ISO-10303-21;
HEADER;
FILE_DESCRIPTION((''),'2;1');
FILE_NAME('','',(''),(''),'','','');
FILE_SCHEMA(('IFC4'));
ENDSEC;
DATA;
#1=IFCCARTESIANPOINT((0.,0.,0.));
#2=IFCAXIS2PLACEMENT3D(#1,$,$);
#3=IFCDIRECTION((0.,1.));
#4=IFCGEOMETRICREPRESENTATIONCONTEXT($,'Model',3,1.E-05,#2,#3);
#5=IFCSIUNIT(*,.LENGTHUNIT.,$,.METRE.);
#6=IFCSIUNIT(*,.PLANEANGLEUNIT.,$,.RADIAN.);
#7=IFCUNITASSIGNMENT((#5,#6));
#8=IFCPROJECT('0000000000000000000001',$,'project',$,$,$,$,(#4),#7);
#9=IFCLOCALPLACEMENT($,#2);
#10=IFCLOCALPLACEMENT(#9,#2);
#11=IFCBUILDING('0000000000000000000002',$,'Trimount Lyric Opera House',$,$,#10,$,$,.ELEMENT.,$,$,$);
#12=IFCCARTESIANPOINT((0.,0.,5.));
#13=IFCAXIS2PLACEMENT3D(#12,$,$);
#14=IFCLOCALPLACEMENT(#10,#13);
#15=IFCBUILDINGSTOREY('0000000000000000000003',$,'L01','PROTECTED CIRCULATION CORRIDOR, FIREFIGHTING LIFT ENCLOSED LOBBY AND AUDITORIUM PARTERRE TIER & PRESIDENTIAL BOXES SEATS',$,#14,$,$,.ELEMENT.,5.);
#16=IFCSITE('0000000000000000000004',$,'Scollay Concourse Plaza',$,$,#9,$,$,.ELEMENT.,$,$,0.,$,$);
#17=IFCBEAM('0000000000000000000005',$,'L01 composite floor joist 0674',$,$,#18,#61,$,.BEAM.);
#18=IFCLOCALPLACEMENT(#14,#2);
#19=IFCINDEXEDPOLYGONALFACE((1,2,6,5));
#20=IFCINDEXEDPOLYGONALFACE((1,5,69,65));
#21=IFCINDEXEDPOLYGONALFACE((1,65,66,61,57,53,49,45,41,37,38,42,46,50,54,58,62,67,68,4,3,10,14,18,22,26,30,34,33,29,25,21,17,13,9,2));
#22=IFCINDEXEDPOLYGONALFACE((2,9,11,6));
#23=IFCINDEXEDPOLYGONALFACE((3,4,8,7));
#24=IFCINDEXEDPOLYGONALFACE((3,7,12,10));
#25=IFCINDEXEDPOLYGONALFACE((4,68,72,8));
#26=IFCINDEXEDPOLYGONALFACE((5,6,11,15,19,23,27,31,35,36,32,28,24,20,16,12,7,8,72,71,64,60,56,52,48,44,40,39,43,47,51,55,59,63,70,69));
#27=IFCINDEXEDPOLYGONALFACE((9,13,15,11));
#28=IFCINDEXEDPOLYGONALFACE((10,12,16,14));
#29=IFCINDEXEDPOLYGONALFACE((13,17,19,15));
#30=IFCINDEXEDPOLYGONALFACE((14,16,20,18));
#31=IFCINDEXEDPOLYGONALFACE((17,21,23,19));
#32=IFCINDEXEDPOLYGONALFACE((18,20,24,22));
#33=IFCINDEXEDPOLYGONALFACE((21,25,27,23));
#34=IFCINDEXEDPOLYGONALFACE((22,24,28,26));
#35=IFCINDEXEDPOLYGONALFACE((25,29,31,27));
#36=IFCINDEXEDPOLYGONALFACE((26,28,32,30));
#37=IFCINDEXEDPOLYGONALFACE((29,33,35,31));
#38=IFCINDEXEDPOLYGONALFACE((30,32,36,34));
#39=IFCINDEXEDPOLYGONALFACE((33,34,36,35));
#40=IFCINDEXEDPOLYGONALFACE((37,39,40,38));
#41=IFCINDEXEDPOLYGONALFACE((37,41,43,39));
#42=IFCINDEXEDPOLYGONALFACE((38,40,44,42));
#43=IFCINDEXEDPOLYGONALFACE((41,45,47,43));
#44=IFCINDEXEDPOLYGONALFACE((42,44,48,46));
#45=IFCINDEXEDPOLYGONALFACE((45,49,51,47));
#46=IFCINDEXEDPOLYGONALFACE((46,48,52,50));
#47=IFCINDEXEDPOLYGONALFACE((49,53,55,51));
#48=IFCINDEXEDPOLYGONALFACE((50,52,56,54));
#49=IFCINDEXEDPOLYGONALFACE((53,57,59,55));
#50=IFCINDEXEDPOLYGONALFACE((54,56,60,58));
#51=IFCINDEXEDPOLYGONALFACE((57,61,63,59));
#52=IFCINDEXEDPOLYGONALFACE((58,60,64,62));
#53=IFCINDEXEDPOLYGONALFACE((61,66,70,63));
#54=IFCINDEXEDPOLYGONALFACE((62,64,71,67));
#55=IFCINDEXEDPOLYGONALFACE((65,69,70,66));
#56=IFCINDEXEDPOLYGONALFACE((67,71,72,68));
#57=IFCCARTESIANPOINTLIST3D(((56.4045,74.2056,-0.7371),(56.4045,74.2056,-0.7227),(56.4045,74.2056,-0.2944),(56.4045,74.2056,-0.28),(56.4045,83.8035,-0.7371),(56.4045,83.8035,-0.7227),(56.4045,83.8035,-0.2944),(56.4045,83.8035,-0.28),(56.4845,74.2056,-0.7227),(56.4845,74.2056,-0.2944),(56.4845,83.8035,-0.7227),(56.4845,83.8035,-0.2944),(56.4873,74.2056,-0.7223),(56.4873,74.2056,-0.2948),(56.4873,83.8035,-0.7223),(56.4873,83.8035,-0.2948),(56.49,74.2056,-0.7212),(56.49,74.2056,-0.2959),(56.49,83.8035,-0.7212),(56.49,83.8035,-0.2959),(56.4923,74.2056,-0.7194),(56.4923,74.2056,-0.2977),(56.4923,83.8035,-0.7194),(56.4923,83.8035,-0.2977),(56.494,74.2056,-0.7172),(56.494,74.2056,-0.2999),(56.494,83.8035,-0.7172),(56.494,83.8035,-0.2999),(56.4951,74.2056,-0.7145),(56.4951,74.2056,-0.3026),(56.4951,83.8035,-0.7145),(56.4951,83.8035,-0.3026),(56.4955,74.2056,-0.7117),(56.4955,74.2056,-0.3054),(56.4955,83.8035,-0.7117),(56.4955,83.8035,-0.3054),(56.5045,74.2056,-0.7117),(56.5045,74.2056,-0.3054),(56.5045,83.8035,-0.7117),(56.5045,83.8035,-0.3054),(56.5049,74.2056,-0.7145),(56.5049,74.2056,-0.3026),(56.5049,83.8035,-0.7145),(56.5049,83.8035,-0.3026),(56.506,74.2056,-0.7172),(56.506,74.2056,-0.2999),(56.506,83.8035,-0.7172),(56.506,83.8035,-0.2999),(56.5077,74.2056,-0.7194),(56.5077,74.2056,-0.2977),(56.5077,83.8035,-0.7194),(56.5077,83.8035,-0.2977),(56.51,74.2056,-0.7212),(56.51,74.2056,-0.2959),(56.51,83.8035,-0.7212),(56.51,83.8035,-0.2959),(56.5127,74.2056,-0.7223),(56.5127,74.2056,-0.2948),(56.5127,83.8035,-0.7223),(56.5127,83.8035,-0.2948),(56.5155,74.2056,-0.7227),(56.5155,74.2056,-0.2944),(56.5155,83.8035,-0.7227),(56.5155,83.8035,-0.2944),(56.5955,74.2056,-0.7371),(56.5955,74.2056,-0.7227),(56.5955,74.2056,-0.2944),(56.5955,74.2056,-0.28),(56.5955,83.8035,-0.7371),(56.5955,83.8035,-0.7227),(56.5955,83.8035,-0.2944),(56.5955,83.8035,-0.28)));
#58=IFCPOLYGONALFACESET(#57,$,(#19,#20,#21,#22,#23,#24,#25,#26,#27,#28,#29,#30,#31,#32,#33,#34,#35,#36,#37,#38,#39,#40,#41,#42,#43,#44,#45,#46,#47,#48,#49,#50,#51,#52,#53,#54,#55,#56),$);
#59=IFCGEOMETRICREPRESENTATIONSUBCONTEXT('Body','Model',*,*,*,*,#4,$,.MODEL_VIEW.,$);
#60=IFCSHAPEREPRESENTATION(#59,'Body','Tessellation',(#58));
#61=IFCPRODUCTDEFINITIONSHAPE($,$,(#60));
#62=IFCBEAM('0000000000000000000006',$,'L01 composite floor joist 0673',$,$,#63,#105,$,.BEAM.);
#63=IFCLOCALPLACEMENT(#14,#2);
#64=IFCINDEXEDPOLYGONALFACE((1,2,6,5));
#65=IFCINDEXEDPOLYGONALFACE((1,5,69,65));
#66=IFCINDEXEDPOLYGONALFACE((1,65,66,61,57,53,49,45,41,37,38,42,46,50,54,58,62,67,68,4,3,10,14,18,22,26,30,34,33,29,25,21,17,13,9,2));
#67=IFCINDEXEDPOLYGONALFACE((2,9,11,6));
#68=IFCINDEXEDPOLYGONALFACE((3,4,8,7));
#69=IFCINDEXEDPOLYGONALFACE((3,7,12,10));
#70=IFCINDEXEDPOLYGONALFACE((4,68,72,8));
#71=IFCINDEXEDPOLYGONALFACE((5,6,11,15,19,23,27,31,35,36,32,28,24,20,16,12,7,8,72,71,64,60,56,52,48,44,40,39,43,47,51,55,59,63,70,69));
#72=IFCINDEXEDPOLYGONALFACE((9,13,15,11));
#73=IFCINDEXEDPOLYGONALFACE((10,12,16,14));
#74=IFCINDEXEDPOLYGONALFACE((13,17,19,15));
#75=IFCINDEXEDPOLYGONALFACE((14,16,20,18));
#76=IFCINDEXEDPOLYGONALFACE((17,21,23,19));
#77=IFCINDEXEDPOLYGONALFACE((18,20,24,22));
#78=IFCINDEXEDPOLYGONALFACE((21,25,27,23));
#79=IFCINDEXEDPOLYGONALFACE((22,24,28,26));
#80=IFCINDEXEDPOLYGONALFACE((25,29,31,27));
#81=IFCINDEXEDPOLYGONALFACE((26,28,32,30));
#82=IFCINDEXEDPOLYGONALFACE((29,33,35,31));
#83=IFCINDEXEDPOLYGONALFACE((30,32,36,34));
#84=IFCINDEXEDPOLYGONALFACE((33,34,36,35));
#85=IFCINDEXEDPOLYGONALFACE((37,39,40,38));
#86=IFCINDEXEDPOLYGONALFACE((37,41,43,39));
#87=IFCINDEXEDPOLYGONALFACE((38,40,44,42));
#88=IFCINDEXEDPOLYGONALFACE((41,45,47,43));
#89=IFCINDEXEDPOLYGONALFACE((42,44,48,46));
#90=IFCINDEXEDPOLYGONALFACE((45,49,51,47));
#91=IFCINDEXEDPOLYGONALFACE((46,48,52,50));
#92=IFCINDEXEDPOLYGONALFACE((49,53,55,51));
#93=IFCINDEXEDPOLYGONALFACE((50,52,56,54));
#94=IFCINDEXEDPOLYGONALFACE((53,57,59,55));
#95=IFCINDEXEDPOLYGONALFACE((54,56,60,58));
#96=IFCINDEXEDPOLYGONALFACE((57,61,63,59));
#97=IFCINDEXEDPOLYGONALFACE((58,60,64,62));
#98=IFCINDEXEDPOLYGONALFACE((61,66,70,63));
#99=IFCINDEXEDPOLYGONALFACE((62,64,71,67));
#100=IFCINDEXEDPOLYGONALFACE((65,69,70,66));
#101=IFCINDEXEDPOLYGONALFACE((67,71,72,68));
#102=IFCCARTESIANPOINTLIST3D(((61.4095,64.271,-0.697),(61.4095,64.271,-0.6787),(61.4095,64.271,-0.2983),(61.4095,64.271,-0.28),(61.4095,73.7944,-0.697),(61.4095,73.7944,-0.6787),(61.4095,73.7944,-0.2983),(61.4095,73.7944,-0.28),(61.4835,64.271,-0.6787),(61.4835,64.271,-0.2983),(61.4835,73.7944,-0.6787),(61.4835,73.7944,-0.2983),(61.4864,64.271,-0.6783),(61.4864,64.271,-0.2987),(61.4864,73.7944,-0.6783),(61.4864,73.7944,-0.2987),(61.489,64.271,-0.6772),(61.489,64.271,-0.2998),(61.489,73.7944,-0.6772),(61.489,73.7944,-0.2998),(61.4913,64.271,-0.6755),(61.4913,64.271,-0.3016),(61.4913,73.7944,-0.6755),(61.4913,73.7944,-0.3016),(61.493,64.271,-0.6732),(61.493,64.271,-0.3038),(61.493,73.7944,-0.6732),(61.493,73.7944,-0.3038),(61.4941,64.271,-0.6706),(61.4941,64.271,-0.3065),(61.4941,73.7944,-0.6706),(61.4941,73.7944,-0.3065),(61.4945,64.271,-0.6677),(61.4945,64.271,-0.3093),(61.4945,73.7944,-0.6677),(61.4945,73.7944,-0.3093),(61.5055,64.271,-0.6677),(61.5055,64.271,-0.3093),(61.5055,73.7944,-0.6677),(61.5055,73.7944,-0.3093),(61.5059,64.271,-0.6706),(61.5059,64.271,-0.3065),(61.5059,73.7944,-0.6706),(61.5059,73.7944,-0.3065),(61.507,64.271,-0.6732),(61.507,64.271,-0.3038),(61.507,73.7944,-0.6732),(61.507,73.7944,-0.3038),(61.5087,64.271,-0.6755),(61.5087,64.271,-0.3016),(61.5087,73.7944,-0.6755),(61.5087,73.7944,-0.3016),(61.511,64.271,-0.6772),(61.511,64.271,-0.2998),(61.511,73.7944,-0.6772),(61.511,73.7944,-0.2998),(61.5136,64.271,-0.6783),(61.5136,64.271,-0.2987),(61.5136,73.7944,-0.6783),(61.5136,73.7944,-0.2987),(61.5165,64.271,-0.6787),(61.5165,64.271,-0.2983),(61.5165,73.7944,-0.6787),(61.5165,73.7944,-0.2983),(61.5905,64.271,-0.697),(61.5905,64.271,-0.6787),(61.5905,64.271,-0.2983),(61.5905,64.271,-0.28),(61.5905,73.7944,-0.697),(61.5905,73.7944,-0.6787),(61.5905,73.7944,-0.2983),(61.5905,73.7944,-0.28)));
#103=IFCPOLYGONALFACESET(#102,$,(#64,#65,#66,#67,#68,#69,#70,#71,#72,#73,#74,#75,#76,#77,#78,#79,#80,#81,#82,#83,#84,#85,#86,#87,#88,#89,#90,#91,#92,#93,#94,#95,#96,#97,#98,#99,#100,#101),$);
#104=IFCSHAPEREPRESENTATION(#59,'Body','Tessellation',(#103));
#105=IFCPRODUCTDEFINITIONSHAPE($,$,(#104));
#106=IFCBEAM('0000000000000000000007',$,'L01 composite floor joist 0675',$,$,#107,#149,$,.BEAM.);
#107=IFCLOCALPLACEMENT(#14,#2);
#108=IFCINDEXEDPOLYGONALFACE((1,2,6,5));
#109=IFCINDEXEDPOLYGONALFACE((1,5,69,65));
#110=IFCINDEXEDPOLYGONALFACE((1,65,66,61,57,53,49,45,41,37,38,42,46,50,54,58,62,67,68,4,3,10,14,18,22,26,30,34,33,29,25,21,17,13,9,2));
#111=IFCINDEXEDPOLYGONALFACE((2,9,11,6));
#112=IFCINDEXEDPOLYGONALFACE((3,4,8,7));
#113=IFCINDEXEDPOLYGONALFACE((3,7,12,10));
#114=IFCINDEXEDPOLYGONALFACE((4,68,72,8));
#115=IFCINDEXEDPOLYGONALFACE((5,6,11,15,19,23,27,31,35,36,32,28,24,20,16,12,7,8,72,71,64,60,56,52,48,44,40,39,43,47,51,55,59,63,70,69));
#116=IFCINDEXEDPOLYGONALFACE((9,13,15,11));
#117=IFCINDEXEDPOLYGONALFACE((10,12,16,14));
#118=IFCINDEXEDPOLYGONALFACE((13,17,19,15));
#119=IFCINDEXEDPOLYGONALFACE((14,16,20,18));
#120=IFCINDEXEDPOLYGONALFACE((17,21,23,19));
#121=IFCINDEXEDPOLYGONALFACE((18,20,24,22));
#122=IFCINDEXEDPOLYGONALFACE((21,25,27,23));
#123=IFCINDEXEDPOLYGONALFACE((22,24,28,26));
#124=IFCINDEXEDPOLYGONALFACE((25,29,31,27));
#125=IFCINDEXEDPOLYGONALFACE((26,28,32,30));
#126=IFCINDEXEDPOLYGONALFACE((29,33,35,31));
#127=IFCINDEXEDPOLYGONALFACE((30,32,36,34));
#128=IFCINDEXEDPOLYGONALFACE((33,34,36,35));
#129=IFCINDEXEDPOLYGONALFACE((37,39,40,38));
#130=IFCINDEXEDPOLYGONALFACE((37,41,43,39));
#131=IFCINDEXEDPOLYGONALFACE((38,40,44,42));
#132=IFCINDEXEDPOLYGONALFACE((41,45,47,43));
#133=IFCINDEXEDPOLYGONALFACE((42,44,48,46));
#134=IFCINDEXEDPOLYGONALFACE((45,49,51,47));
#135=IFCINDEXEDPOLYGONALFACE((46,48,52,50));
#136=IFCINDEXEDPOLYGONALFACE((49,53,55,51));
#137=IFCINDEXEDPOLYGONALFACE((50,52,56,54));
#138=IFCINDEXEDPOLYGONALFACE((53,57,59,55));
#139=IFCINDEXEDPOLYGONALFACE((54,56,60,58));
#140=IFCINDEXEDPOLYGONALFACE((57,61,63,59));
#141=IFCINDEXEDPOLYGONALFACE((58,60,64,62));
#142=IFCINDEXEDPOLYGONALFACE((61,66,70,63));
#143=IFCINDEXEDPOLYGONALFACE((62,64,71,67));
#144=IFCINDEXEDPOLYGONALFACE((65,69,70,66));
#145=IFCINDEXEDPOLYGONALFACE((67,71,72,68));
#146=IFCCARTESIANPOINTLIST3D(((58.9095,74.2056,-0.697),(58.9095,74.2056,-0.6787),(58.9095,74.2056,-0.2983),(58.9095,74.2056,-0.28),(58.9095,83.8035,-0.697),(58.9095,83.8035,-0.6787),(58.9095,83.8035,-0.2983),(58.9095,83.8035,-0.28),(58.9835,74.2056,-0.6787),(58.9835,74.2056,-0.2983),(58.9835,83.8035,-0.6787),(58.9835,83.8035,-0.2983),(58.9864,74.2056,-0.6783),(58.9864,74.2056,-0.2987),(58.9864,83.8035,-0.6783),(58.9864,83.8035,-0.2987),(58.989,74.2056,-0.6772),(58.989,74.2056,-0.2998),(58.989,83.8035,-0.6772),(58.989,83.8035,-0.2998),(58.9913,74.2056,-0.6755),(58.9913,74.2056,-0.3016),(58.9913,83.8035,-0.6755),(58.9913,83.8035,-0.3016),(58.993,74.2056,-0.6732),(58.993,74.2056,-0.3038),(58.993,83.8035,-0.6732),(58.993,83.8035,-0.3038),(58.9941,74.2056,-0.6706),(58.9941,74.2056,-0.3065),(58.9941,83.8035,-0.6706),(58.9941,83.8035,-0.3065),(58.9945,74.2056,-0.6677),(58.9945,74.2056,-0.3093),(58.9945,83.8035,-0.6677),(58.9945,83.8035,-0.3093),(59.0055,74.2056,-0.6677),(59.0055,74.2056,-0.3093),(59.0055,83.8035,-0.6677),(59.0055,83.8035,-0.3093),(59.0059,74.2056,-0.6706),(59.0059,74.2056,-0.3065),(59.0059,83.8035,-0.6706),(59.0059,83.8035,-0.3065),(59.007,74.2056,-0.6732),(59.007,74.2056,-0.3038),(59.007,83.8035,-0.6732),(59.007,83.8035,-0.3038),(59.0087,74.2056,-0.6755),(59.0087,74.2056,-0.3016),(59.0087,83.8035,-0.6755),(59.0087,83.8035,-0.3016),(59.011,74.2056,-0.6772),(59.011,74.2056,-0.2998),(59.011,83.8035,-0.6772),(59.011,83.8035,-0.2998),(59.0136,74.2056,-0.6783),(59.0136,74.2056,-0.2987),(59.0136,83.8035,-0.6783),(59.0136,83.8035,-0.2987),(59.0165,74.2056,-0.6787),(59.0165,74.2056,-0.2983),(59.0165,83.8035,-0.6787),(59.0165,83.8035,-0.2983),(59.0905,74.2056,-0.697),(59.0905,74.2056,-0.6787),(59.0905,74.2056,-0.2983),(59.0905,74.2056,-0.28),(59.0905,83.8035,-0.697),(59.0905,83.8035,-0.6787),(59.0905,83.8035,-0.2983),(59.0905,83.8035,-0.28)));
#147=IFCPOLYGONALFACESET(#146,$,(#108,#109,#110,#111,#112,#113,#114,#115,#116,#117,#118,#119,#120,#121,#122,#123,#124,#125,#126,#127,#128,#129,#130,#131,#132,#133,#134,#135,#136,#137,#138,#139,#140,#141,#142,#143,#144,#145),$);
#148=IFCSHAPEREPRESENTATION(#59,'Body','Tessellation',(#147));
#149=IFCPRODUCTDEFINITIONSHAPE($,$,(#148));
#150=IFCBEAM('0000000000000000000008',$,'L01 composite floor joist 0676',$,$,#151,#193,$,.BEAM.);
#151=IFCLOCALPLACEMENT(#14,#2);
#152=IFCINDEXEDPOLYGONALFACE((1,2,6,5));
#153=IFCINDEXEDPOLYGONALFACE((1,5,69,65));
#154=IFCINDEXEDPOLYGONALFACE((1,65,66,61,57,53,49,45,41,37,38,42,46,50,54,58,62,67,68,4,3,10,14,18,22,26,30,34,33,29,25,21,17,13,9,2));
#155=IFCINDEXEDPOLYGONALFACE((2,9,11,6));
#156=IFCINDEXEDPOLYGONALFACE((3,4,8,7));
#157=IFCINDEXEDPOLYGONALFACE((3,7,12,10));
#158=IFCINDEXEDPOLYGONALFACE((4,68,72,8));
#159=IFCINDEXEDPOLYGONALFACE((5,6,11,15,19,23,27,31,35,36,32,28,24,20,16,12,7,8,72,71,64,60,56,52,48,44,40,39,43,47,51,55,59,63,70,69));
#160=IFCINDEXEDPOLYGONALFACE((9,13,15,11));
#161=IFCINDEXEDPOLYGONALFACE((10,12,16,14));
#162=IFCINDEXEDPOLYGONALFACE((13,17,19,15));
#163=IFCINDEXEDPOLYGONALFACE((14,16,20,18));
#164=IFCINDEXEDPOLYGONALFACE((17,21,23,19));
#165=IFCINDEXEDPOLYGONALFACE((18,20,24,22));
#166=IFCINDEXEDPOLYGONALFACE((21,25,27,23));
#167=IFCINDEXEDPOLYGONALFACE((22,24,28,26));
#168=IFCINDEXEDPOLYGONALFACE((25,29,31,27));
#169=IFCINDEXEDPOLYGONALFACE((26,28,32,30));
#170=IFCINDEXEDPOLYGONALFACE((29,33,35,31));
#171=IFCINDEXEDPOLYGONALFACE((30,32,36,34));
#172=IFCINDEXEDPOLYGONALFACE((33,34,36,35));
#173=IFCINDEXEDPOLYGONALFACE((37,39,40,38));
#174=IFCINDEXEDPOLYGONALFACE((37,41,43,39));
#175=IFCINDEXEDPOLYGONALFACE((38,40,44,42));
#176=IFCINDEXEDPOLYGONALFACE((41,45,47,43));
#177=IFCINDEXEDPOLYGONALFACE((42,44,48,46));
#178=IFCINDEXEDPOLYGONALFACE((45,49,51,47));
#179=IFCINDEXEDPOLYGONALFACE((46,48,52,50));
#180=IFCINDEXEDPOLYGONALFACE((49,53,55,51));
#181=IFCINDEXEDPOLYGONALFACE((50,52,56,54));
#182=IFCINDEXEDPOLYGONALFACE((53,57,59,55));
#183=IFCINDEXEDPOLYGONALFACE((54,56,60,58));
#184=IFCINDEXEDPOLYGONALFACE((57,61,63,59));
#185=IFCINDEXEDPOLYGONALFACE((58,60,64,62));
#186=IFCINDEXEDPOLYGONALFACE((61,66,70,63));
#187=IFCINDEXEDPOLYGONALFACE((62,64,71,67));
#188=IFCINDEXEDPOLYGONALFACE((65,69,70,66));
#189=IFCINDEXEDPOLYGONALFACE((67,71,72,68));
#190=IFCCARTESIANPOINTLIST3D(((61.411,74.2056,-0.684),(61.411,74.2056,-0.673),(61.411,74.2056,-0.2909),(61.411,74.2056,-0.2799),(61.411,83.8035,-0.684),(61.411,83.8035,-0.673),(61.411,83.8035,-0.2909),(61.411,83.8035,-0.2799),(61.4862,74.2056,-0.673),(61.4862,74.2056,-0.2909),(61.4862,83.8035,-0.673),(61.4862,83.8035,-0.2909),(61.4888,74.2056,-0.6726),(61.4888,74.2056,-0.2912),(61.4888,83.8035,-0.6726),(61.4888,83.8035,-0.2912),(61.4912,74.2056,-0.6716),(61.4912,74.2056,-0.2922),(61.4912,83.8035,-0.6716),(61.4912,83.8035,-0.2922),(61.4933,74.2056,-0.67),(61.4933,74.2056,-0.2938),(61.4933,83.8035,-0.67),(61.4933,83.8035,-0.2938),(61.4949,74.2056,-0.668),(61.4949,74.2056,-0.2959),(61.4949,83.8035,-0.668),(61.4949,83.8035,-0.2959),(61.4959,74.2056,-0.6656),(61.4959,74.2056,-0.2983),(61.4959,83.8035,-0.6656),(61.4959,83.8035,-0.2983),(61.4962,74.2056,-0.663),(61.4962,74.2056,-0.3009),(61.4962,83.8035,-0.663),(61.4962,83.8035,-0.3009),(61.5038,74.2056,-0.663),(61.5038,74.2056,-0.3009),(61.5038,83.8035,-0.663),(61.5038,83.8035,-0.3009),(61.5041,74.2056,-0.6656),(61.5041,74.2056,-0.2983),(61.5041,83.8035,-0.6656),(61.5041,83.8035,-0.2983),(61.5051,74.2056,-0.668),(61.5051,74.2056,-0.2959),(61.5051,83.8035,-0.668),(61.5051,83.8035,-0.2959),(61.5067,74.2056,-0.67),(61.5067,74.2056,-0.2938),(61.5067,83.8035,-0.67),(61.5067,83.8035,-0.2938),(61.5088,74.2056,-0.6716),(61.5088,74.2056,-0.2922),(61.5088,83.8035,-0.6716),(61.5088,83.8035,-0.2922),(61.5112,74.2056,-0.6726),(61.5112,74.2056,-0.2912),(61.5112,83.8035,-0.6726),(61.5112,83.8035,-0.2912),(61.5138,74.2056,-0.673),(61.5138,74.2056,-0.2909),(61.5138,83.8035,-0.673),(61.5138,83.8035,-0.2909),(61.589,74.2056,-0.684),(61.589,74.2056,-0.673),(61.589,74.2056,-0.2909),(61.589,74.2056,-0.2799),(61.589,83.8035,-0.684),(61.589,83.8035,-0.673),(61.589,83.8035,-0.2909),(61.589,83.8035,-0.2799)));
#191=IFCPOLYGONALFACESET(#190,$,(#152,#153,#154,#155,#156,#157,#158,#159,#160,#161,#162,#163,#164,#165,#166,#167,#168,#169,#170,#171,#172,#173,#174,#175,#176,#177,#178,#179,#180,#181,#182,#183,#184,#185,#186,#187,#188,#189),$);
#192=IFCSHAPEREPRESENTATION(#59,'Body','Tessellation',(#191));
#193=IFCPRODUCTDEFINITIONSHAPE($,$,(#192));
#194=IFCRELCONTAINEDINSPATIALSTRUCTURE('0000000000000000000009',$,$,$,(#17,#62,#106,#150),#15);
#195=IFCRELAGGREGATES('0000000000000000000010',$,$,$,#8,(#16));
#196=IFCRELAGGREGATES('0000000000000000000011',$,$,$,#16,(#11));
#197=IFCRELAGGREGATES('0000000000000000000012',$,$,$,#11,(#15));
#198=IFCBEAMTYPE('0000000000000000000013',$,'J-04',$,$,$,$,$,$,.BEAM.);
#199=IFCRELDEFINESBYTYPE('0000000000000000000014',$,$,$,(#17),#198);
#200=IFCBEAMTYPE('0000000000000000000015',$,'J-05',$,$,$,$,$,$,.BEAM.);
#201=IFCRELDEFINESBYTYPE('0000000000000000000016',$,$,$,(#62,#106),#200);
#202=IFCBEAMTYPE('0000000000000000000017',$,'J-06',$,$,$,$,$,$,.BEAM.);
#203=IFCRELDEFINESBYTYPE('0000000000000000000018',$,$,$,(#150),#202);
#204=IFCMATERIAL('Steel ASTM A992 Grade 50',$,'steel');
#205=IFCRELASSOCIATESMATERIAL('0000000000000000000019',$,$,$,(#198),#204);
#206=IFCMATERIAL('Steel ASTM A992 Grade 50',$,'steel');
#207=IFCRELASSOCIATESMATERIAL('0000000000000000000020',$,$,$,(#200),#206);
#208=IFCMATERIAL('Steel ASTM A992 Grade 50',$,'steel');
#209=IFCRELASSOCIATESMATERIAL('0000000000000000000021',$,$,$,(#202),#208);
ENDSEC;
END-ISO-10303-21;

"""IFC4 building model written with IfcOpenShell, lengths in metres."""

from ifc_helpers import new_model, si_unit, direction, frame, origin, origin_2d, place, context, subcontext, project, spatial, i_section, extrude, material, material_profile, profile_set, type_object, element, save


model = new_model("IFC4")

# Units and contexts
model_context = context("Model", 3, precision=1e-05, world=origin(), true_north=direction((0.0, 1.0)))
body_context = subcontext(model_context, "Body", "Model", "MODEL_VIEW")
ifc_project = project(units=[si_unit("LENGTHUNIT", "METRE"), si_unit("PLANEANGLEUNIT", "RADIAN")], contexts=[model_context])

# Site, building, storey
site_placement = place(None, origin())
site = spatial("IfcSite", under=ifc_project, at=site_placement, Name="Scollay Concourse Plaza", CompositionType="ELEMENT", RefElevation=0.0)
building_placement = place(site_placement, origin())
building = spatial("IfcBuilding", under=site, at=building_placement, Name="Trimount Lyric Opera House", CompositionType="ELEMENT")
storey_placement = place(building_placement, frame((0.0, 0.0, 5.0)))
storey = spatial("IfcBuildingStorey", under=building, at=storey_placement, Name="L01", Description="PROTECTED CIRCULATION CORRIDOR, FIREFIGHTING LIFT ENCLOSED LOBBY AND AUDITORIUM PARTERRE TIER & PRESIDENTIAL BOXES SEATS", CompositionType="ELEMENT", Elevation=5.0)

# Beams
ifc_material_1 = material(Name="Steel ASTM A992 Grade 50", Category="steel")
ifc_material_profile_1 = material_profile(ifc_material_1, i_section(OverallWidth=0.1909, OverallDepth=0.457, WebThickness=0.009, FlangeThickness=0.0144, FilletRadius=0.011, at=origin_2d()), Name="W18X50")
ifc_profile_set_1 = profile_set([ifc_material_profile_1], Name="Steel ASTM A992 Grade 50")
beam_type_1 = type_object("IfcBeamType", Name="J-04", PredefinedType="BEAM", material=ifc_profile_set_1)
beam_1_placement = place(storey_placement, frame((56.5, 74.2056, -0.5085), z_axis=(0.0, 1.0, 0.0), x_axis=(-1.0, 0.0, 0.0)))
element("IfcBeam", 1, at=beam_1_placement, inside=storey, type_object=beam_type_1, Name="L01 composite floor joist 0674", PredefinedType="BEAM", context=body_context, shape_type="SweptSolid", body=[
    extrude(i_section(OverallWidth=0.1909, OverallDepth=0.457, WebThickness=0.009, FlangeThickness=0.0144, FilletRadius=0.011, at=origin_2d()), origin(), (0.0, 0.0, 1.0), 9.5979),
])
ifc_material_2 = material(Name="Steel ASTM A992 Grade 50", Category="steel")
ifc_material_profile_2 = material_profile(ifc_material_2, i_section(OverallWidth=0.1809, OverallDepth=0.417, WebThickness=0.011, FlangeThickness=0.0183, FilletRadius=0.011, at=origin_2d()), Name="W16X57")
ifc_profile_set_2 = profile_set([ifc_material_profile_2], Name="Steel ASTM A992 Grade 50")
beam_type_2 = type_object("IfcBeamType", Name="J-05", PredefinedType="BEAM", material=ifc_profile_set_2)
beam_2_placement = place(storey_placement, frame((61.5, 64.271, -0.4885), z_axis=(0.0, 1.0, 0.0), x_axis=(-1.0, 0.0, 0.0)))
element("IfcBeam", 2, at=beam_2_placement, inside=storey, type_object=beam_type_2, Name="L01 composite floor joist 0673", PredefinedType="BEAM", context=body_context, shape_type="SweptSolid", body=[
    extrude(i_section(OverallWidth=0.1809, OverallDepth=0.417, WebThickness=0.011, FlangeThickness=0.0183, FilletRadius=0.011, at=origin_2d()), origin(), (0.0, 0.0, 1.0), 9.5234),
])
beam_3_placement = place(storey_placement, frame((59.0, 74.2056, -0.4885), z_axis=(0.0, 1.0, 0.0), x_axis=(-1.0, 0.0, 0.0)))
element("IfcBeam", 3, at=beam_3_placement, inside=storey, type_object=beam_type_2, Name="L01 composite floor joist 0675", PredefinedType="BEAM", context=body_context, shape_type="SweptSolid", body=[
    extrude(i_section(OverallWidth=0.1809, OverallDepth=0.417, WebThickness=0.011, FlangeThickness=0.0183, FilletRadius=0.011, at=origin_2d()), origin(), (0.0, 0.0, 1.0), 9.5979),
])
ifc_material_3 = material(Name="Steel ASTM A992 Grade 50", Category="steel")
ifc_material_profile_3 = material_profile(ifc_material_3, i_section(OverallWidth=0.178, OverallDepth=0.4041, WebThickness=0.0076, FlangeThickness=0.011, FilletRadius=0.01, at=origin_2d()), Name="W16X36")
ifc_profile_set_3 = profile_set([ifc_material_profile_3], Name="Steel ASTM A992 Grade 50")
beam_type_3 = type_object("IfcBeamType", Name="J-06", PredefinedType="BEAM", material=ifc_profile_set_3)
beam_4_placement = place(storey_placement, frame((61.5, 74.2056, -0.4819), z_axis=(0.0, 1.0, 0.0), x_axis=(-1.0, 0.0, 0.0)))
element("IfcBeam", 4, at=beam_4_placement, inside=storey, type_object=beam_type_3, Name="L01 composite floor joist 0676", PredefinedType="BEAM", context=body_context, shape_type="SweptSolid", body=[
    extrude(i_section(OverallWidth=0.178, OverallDepth=0.4041, WebThickness=0.0076, FlangeThickness=0.011, FilletRadius=0.01, at=origin_2d()), origin(), (0.0, 0.0, 1.0), 9.5979),
])

save(model, "model.ifc")
